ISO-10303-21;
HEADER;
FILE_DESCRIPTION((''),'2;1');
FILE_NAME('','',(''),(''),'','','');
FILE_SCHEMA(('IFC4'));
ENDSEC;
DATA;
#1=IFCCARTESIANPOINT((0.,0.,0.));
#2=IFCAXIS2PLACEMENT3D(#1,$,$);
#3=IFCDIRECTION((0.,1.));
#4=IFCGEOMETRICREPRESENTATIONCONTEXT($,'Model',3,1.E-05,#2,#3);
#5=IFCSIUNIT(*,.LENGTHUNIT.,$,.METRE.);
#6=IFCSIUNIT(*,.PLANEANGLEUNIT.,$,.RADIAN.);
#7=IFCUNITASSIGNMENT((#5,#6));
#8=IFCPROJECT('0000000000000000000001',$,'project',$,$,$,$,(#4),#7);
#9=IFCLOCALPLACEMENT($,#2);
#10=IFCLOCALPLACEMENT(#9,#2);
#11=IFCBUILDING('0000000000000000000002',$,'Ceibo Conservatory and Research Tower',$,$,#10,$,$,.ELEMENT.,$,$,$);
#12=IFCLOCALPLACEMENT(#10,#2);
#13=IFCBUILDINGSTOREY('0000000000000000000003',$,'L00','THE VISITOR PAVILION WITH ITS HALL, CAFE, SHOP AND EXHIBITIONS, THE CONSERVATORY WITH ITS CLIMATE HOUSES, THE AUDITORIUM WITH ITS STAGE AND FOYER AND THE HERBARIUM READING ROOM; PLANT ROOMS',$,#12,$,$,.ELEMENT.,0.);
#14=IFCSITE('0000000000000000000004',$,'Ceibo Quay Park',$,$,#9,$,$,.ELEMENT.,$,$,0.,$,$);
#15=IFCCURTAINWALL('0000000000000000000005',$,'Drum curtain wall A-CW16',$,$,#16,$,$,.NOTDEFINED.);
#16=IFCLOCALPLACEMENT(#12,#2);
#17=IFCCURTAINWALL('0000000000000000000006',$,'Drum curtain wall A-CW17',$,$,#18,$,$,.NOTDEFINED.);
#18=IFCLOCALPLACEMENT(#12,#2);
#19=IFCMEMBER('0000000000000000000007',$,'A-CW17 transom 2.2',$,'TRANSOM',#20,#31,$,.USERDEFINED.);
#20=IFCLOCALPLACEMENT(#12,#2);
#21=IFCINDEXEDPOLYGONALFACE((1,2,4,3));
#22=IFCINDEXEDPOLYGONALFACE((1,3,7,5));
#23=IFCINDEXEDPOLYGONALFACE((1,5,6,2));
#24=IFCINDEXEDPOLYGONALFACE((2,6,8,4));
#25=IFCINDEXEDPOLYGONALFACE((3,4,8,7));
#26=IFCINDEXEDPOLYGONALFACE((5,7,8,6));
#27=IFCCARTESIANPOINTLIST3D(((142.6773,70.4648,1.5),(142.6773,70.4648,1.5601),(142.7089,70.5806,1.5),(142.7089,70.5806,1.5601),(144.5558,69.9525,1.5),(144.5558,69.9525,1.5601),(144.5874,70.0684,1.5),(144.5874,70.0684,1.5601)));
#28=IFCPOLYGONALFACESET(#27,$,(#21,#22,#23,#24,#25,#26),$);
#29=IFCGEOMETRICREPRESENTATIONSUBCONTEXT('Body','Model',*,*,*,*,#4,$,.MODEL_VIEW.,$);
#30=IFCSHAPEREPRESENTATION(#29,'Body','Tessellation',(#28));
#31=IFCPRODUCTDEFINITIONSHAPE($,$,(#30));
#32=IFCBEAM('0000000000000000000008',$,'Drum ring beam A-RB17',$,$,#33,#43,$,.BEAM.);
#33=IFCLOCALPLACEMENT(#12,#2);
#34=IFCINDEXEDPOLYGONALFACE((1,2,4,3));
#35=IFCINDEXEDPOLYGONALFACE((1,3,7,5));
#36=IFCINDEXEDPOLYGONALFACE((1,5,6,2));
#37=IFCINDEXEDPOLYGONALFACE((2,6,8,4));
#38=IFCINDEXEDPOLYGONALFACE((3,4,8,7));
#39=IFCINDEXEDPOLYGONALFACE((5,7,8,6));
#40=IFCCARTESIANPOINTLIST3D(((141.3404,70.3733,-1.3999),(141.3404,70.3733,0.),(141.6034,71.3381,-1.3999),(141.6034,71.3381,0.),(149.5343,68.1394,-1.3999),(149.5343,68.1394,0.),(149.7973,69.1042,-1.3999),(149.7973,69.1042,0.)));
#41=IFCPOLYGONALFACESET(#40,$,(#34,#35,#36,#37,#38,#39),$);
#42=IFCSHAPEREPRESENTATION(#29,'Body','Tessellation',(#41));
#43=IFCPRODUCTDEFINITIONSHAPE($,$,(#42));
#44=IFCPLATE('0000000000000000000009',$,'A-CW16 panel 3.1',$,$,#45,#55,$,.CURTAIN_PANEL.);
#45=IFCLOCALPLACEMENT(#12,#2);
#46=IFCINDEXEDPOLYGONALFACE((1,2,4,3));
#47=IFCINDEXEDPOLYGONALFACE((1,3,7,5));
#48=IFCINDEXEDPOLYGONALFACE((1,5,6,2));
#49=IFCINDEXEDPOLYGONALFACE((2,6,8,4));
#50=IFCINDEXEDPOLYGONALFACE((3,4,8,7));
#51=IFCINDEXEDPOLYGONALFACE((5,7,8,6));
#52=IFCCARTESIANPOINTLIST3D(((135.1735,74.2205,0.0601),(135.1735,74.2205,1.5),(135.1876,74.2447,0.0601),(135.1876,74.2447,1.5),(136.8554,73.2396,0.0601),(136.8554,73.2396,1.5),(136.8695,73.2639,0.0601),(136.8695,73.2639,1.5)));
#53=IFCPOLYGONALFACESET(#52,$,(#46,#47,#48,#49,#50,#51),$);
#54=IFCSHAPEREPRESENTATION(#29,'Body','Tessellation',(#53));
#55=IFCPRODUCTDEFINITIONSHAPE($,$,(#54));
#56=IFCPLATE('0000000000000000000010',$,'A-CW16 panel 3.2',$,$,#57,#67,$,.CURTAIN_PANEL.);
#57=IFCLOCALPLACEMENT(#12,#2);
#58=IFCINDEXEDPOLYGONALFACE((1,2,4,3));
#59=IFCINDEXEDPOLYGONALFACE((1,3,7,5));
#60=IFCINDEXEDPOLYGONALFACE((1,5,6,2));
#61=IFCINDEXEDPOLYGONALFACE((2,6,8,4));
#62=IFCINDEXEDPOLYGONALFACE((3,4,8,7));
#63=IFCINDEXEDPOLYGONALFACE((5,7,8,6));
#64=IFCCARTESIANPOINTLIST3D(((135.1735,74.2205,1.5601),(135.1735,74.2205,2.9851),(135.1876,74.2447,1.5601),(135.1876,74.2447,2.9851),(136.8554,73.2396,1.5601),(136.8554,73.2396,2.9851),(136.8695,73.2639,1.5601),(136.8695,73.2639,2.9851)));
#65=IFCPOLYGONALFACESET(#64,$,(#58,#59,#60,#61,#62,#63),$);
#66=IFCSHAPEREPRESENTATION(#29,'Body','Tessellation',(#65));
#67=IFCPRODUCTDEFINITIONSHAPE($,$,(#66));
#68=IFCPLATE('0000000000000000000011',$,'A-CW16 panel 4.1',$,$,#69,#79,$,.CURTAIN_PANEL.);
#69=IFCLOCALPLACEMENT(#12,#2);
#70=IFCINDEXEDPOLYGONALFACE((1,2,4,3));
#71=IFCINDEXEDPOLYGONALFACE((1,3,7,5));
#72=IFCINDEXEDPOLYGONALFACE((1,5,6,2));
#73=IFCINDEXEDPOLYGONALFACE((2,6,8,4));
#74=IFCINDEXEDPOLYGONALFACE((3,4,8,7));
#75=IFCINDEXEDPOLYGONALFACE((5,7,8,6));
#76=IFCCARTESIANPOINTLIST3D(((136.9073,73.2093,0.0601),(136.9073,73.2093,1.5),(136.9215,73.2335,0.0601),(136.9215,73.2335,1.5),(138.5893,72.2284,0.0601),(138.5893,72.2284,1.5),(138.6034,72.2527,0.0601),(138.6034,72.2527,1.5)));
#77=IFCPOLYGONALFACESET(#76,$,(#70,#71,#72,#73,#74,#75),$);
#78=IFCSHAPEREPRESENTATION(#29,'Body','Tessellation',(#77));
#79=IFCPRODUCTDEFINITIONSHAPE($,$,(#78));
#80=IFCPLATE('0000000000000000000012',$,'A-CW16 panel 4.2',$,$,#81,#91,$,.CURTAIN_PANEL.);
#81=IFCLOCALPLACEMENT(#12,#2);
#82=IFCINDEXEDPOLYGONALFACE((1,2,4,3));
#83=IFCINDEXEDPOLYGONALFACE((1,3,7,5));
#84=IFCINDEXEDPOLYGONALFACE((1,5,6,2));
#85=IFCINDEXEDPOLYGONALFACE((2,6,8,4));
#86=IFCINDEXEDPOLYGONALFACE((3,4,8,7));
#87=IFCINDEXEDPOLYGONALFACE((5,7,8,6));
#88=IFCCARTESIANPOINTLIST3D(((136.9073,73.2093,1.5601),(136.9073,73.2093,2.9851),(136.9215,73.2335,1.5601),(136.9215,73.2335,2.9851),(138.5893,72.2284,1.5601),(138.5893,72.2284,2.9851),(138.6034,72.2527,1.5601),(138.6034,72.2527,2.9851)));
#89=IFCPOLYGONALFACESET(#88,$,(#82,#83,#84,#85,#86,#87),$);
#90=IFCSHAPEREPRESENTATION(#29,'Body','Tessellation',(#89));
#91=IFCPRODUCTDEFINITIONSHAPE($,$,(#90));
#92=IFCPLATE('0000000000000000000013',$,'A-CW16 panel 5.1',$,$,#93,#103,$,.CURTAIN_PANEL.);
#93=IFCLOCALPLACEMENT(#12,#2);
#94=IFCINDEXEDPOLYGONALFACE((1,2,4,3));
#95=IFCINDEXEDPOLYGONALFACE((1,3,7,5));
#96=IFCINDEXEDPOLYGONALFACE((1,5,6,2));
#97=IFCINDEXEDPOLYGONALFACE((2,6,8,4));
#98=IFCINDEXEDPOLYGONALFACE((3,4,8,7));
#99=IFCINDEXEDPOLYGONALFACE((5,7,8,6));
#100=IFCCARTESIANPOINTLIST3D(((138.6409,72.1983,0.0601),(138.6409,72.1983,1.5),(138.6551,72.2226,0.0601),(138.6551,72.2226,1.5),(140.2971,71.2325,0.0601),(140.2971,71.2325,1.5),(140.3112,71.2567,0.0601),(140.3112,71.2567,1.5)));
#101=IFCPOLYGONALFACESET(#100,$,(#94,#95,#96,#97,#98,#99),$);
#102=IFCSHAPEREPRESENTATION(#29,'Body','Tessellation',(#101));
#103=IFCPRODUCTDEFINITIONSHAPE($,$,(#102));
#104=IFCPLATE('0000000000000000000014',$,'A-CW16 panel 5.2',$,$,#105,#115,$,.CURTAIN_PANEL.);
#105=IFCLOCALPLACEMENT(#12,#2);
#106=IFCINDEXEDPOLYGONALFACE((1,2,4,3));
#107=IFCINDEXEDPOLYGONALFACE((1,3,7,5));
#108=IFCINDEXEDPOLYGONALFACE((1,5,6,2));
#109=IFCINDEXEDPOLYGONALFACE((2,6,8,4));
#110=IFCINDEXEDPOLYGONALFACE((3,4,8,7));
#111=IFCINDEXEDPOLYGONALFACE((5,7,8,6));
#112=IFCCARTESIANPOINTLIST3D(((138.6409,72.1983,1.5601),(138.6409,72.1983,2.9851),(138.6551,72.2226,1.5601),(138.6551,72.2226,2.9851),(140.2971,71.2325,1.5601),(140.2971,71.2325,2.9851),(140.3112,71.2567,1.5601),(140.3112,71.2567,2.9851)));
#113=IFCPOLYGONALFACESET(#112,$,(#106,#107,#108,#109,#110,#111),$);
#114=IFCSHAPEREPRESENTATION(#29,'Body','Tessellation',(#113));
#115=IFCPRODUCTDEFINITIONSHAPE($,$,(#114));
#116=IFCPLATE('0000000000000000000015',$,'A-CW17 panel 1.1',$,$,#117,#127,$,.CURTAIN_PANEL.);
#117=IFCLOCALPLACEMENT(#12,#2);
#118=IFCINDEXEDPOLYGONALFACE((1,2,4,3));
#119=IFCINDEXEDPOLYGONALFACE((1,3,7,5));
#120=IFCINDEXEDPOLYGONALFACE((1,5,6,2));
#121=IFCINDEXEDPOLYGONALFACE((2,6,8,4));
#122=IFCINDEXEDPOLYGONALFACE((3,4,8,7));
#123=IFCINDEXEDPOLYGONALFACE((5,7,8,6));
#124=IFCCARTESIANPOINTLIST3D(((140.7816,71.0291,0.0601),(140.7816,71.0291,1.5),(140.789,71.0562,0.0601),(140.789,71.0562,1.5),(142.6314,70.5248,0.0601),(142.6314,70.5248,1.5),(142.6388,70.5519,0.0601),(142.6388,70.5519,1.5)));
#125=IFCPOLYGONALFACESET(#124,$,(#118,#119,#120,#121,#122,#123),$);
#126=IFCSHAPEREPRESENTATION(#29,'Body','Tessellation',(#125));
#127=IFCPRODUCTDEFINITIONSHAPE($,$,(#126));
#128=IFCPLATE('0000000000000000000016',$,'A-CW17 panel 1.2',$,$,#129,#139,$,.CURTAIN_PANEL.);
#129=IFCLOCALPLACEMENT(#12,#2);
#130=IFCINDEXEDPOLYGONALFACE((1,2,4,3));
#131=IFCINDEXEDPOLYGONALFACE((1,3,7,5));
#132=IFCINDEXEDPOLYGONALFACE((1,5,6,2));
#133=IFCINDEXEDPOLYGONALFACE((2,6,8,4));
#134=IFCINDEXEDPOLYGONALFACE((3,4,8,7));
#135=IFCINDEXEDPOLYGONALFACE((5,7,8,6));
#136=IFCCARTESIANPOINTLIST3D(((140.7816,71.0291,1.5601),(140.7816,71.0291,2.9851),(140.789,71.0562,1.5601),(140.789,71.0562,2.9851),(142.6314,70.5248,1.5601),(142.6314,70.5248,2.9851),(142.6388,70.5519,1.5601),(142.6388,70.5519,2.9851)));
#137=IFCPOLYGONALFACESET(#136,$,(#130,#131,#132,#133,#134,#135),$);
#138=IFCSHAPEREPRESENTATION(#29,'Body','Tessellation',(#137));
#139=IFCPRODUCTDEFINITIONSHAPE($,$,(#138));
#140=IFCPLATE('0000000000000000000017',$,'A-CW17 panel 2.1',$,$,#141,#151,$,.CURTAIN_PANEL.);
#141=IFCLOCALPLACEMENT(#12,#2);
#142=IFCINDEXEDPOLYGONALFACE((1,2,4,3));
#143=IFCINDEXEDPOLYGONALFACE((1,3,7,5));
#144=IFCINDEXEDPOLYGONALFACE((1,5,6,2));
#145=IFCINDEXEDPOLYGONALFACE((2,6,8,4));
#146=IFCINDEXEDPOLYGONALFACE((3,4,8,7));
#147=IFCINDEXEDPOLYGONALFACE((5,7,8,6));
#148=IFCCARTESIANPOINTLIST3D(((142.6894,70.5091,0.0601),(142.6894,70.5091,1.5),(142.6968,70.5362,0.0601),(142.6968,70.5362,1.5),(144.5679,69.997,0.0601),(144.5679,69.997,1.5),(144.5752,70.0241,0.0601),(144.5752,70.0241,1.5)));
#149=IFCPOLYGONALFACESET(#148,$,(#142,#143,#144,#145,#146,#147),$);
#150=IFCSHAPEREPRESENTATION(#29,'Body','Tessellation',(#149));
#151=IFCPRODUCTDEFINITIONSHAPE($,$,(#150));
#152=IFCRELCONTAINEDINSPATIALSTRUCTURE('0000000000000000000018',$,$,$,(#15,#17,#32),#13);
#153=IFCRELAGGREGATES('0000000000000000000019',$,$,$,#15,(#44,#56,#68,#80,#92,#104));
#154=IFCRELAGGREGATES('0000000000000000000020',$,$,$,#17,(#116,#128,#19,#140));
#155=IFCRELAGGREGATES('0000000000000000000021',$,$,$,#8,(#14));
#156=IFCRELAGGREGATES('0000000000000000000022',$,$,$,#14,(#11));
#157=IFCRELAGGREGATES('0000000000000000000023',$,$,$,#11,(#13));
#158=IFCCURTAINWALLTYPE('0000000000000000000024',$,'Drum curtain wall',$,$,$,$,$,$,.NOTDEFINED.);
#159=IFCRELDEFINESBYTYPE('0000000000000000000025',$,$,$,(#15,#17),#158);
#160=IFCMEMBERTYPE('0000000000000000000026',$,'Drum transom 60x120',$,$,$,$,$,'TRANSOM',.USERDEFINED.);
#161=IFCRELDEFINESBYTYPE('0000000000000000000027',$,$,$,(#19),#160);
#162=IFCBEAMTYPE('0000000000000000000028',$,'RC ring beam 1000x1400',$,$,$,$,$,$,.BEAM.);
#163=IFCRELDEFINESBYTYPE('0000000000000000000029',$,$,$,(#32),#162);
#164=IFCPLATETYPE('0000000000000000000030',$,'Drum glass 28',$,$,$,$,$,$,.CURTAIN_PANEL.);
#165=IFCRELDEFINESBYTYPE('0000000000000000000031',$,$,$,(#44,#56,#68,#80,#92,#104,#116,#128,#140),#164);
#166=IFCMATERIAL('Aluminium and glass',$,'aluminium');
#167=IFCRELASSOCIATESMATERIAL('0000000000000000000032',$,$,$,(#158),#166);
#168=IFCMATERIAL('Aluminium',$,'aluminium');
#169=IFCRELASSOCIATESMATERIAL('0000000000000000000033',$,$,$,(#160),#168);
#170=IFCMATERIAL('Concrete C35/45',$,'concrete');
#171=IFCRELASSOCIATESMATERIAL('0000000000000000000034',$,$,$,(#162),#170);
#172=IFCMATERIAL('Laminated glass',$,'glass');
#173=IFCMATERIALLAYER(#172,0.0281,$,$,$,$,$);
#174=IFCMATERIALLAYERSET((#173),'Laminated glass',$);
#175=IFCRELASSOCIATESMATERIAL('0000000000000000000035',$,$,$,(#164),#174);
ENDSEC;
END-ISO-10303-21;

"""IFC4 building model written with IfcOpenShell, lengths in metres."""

from ifc_helpers import new_model, si_unit, direction, frame, origin, origin_2d, place, context, subcontext, project, spatial, rectangle, extrude, material, layer, layer_set, material_profile, profile_set, type_object, element, aggregate, save


model = new_model("IFC4")

# Units and contexts
model_context = context("Model", 3, precision=1e-05, world=origin(), true_north=direction((0.0, 1.0)))
body_context = subcontext(model_context, "Body", "Model", "MODEL_VIEW")
ifc_project = project(units=[si_unit("LENGTHUNIT", "METRE"), si_unit("PLANEANGLEUNIT", "RADIAN")], contexts=[model_context])

# Site, building, storey
site_placement = place(None, origin())
site = spatial("IfcSite", under=ifc_project, at=site_placement, Name="Ceibo Quay Park", CompositionType="ELEMENT", RefElevation=0.0)
building_placement = place(site_placement, origin())
building = spatial("IfcBuilding", under=site, at=building_placement, Name="Ceibo Conservatory and Research Tower", CompositionType="ELEMENT")
storey_placement = place(building_placement, origin())
storey = spatial("IfcBuildingStorey", under=building, at=storey_placement, Name="L00", Description="THE VISITOR PAVILION WITH ITS HALL, CAFE, SHOP AND EXHIBITIONS, THE CONSERVATORY WITH ITS CLIMATE HOUSES, THE AUDITORIUM WITH ITS STAGE AND FOYER AND THE HERBARIUM READING ROOM; PLANT ROOMS", CompositionType="ELEMENT", Elevation=0.0)

# Shared definitions
ifc_material_1 = material(Name="Concrete C35/45", Category="concrete")

# Curtain walls
ifc_material_2 = material(Name="Aluminium and glass", Category="aluminium")
curtain_wall_type = type_object("IfcCurtainWallType", Name="Drum curtain wall", PredefinedType="NOTDEFINED", material=ifc_material_2)
curtain_wall_1_placement = place(storey_placement, origin())
curtain_wall_1 = element("IfcCurtainWall", 1, at=curtain_wall_1_placement, inside=storey, type_object=curtain_wall_type, Name="Drum curtain wall A-CW16", PredefinedType="NOTDEFINED")
ifc_material_3 = material(Name="Aluminium", Category="aluminium")
curtain_wall_2_placement = place(storey_placement, origin())
curtain_wall_2 = element("IfcCurtainWall", 2, at=curtain_wall_2_placement, inside=storey, type_object=curtain_wall_type, Name="Drum curtain wall A-CW17", PredefinedType="NOTDEFINED")

# Member
ifc_material_profile_1 = material_profile(ifc_material_3, rectangle(XDim=0.1201, YDim=0.0601, at=origin_2d()), Name="AL 60x120")
ifc_profile_set_1 = profile_set([ifc_material_profile_1], Name="Aluminium")
member_type_1 = type_object("IfcMemberType", Name="Drum transom 60x120", ElementType="TRANSOM", PredefinedType="USERDEFINED", material=ifc_profile_set_1)
member_1_placement = place(storey_placement, frame((142.6931, 70.5227, 1.53), z_axis=(0.964775, -0.263075, 0.0), x_axis=(0.263075, 0.964775, 0.0)))
member_1 = element("IfcMember", 3, at=member_1_placement, type_object=member_type_1, Name="A-CW17 transom 2.2", ObjectType="TRANSOM", PredefinedType="USERDEFINED", context=body_context, shape_type="SweptSolid", body=[
    extrude(rectangle(XDim=0.1201, YDim=0.0601, at=origin_2d()), origin(), (0.0, 0.0, 1.0), 1.947),
])

# Beam
ifc_material_profile_2 = material_profile(ifc_material_1, rectangle(XDim=1.0, YDim=1.3999, at=origin_2d()), Name="RC 1000x1400")
ifc_profile_set_2 = profile_set([ifc_material_profile_2], Name="Concrete C35/45")
beam_type = type_object("IfcBeamType", Name="RC ring beam 1000x1400", PredefinedType="BEAM", material=ifc_profile_set_2)
beam_placement = place(storey_placement, frame((141.4719, 70.8557, -0.7), z_axis=(0.964788, -0.26303, 0.0), x_axis=(0.26303, 0.964788, 0.0)))
element("IfcBeam", 4, at=beam_placement, inside=storey, type_object=beam_type, Name="Drum ring beam A-RB17", PredefinedType="BEAM", context=body_context, shape_type="SweptSolid", body=[
    extrude(rectangle(XDim=1.0, YDim=1.3999, at=origin_2d()), origin(), (0.0, 0.0, 1.0), 8.4929),
])

# Plates
ifc_material_4 = material(Name="Laminated glass", Category="glass")
ifc_layer_1 = layer(ifc_material_4, 0.0281)
ifc_layer_set_1 = layer_set([ifc_layer_1], Name="Laminated glass")
plate_type = type_object("IfcPlateType", Name="Drum glass 28", PredefinedType="CURTAIN_PANEL", material=ifc_layer_set_1)
plate_1_placement = place(storey_placement, frame((136.0215, 73.7422, 0.0601), z_axis=(0.0, 0.0, 1.0), x_axis=(0.863836, -0.503774, 0.0)))
plate_1 = element("IfcPlate", 5, at=plate_1_placement, type_object=plate_type, Name="A-CW16 panel 3.1", PredefinedType="CURTAIN_PANEL", context=body_context, shape_type="SweptSolid", body=[
    extrude(rectangle(XDim=1.947, YDim=0.0281, at=origin_2d()), origin(), (0.0, 0.0, 1.0), 1.4399),
])
plate_2_placement = place(storey_placement, frame((136.0215, 73.7422, 1.5601), z_axis=(0.0, 0.0, 1.0), x_axis=(0.863836, -0.503774, 0.0)))
plate_2 = element("IfcPlate", 6, at=plate_2_placement, type_object=plate_type, Name="A-CW16 panel 3.2", PredefinedType="CURTAIN_PANEL", context=body_context, shape_type="SweptSolid", body=[
    extrude(rectangle(XDim=1.947, YDim=0.0281, at=origin_2d()), origin(), (0.0, 0.0, 1.0), 1.425),
])
plate_3_placement = place(storey_placement, frame((137.7554, 72.731, 0.0601), z_axis=(0.0, 0.0, 1.0), x_axis=(0.863836, -0.503774, 0.0)))
plate_3 = element("IfcPlate", 7, at=plate_3_placement, type_object=plate_type, Name="A-CW16 panel 4.1", PredefinedType="CURTAIN_PANEL", context=body_context, shape_type="SweptSolid", body=[
    extrude(rectangle(XDim=1.947, YDim=0.0281, at=origin_2d()), origin(), (0.0, 0.0, 1.0), 1.4399),
])
plate_4_placement = place(storey_placement, frame((137.7554, 72.731, 1.5601), z_axis=(0.0, 0.0, 1.0), x_axis=(0.863836, -0.503774, 0.0)))
plate_4 = element("IfcPlate", 8, at=plate_4_placement, type_object=plate_type, Name="A-CW16 panel 4.2", PredefinedType="CURTAIN_PANEL", context=body_context, shape_type="SweptSolid", body=[
    extrude(rectangle(XDim=1.947, YDim=0.0281, at=origin_2d()), origin(), (0.0, 0.0, 1.0), 1.425),
])
plate_5_placement = place(storey_placement, frame((139.4761, 71.7275, 0.0601), z_axis=(0.0, 0.0, 1.0), x_axis=(0.863836, -0.503774, 0.0)))
plate_5 = element("IfcPlate", 9, at=plate_5_placement, type_object=plate_type, Name="A-CW16 panel 5.1", PredefinedType="CURTAIN_PANEL", context=body_context, shape_type="SweptSolid", body=[
    extrude(rectangle(XDim=1.9172, YDim=0.0281, at=origin_2d()), origin(), (0.0, 0.0, 1.0), 1.4399),
])
plate_6_placement = place(storey_placement, frame((139.4761, 71.7275, 1.5601), z_axis=(0.0, 0.0, 1.0), x_axis=(0.863836, -0.503774, 0.0)))
plate_6 = element("IfcPlate", 10, at=plate_6_placement, type_object=plate_type, Name="A-CW16 panel 5.2", PredefinedType="CURTAIN_PANEL", context=body_context, shape_type="SweptSolid", body=[
    extrude(rectangle(XDim=1.9172, YDim=0.0281, at=origin_2d()), origin(), (0.0, 0.0, 1.0), 1.425),
])
aggregate(curtain_wall_1, [plate_1, plate_2, plate_3, plate_4, plate_5, plate_6])
plate_7_placement = place(storey_placement, frame((141.7102, 70.7905, 0.0601), z_axis=(0.0, 0.0, 1.0), x_axis=(0.964787, -0.263031, 0.0)))
plate_7 = element("IfcPlate", 11, at=plate_7_placement, type_object=plate_type, Name="A-CW17 panel 1.1", PredefinedType="CURTAIN_PANEL", context=body_context, shape_type="SweptSolid", body=[
    extrude(rectangle(XDim=1.9172, YDim=0.0281, at=origin_2d()), origin(), (0.0, 0.0, 1.0), 1.4399),
])
plate_8_placement = place(storey_placement, frame((141.7102, 70.7905, 1.5601), z_axis=(0.0, 0.0, 1.0), x_axis=(0.964787, -0.263031, 0.0)))
plate_8 = element("IfcPlate", 12, at=plate_8_placement, type_object=plate_type, Name="A-CW17 panel 1.2", PredefinedType="CURTAIN_PANEL", context=body_context, shape_type="SweptSolid", body=[
    extrude(rectangle(XDim=1.9172, YDim=0.0281, at=origin_2d()), origin(), (0.0, 0.0, 1.0), 1.425),
])
plate_9_placement = place(storey_placement, frame((143.6323, 70.2666, 0.0601), z_axis=(0.0, 0.0, 1.0), x_axis=(0.964787, -0.263031, 0.0)))
plate_9 = element("IfcPlate", 13, at=plate_9_placement, type_object=plate_type, Name="A-CW17 panel 2.1", PredefinedType="CURTAIN_PANEL", context=body_context, shape_type="SweptSolid", body=[
    extrude(rectangle(XDim=1.947, YDim=0.0281, at=origin_2d()), origin(), (0.0, 0.0, 1.0), 1.4399),
])
aggregate(curtain_wall_2, [plate_7, plate_8, member_1, plate_9])

save(model, "model.ifc")
